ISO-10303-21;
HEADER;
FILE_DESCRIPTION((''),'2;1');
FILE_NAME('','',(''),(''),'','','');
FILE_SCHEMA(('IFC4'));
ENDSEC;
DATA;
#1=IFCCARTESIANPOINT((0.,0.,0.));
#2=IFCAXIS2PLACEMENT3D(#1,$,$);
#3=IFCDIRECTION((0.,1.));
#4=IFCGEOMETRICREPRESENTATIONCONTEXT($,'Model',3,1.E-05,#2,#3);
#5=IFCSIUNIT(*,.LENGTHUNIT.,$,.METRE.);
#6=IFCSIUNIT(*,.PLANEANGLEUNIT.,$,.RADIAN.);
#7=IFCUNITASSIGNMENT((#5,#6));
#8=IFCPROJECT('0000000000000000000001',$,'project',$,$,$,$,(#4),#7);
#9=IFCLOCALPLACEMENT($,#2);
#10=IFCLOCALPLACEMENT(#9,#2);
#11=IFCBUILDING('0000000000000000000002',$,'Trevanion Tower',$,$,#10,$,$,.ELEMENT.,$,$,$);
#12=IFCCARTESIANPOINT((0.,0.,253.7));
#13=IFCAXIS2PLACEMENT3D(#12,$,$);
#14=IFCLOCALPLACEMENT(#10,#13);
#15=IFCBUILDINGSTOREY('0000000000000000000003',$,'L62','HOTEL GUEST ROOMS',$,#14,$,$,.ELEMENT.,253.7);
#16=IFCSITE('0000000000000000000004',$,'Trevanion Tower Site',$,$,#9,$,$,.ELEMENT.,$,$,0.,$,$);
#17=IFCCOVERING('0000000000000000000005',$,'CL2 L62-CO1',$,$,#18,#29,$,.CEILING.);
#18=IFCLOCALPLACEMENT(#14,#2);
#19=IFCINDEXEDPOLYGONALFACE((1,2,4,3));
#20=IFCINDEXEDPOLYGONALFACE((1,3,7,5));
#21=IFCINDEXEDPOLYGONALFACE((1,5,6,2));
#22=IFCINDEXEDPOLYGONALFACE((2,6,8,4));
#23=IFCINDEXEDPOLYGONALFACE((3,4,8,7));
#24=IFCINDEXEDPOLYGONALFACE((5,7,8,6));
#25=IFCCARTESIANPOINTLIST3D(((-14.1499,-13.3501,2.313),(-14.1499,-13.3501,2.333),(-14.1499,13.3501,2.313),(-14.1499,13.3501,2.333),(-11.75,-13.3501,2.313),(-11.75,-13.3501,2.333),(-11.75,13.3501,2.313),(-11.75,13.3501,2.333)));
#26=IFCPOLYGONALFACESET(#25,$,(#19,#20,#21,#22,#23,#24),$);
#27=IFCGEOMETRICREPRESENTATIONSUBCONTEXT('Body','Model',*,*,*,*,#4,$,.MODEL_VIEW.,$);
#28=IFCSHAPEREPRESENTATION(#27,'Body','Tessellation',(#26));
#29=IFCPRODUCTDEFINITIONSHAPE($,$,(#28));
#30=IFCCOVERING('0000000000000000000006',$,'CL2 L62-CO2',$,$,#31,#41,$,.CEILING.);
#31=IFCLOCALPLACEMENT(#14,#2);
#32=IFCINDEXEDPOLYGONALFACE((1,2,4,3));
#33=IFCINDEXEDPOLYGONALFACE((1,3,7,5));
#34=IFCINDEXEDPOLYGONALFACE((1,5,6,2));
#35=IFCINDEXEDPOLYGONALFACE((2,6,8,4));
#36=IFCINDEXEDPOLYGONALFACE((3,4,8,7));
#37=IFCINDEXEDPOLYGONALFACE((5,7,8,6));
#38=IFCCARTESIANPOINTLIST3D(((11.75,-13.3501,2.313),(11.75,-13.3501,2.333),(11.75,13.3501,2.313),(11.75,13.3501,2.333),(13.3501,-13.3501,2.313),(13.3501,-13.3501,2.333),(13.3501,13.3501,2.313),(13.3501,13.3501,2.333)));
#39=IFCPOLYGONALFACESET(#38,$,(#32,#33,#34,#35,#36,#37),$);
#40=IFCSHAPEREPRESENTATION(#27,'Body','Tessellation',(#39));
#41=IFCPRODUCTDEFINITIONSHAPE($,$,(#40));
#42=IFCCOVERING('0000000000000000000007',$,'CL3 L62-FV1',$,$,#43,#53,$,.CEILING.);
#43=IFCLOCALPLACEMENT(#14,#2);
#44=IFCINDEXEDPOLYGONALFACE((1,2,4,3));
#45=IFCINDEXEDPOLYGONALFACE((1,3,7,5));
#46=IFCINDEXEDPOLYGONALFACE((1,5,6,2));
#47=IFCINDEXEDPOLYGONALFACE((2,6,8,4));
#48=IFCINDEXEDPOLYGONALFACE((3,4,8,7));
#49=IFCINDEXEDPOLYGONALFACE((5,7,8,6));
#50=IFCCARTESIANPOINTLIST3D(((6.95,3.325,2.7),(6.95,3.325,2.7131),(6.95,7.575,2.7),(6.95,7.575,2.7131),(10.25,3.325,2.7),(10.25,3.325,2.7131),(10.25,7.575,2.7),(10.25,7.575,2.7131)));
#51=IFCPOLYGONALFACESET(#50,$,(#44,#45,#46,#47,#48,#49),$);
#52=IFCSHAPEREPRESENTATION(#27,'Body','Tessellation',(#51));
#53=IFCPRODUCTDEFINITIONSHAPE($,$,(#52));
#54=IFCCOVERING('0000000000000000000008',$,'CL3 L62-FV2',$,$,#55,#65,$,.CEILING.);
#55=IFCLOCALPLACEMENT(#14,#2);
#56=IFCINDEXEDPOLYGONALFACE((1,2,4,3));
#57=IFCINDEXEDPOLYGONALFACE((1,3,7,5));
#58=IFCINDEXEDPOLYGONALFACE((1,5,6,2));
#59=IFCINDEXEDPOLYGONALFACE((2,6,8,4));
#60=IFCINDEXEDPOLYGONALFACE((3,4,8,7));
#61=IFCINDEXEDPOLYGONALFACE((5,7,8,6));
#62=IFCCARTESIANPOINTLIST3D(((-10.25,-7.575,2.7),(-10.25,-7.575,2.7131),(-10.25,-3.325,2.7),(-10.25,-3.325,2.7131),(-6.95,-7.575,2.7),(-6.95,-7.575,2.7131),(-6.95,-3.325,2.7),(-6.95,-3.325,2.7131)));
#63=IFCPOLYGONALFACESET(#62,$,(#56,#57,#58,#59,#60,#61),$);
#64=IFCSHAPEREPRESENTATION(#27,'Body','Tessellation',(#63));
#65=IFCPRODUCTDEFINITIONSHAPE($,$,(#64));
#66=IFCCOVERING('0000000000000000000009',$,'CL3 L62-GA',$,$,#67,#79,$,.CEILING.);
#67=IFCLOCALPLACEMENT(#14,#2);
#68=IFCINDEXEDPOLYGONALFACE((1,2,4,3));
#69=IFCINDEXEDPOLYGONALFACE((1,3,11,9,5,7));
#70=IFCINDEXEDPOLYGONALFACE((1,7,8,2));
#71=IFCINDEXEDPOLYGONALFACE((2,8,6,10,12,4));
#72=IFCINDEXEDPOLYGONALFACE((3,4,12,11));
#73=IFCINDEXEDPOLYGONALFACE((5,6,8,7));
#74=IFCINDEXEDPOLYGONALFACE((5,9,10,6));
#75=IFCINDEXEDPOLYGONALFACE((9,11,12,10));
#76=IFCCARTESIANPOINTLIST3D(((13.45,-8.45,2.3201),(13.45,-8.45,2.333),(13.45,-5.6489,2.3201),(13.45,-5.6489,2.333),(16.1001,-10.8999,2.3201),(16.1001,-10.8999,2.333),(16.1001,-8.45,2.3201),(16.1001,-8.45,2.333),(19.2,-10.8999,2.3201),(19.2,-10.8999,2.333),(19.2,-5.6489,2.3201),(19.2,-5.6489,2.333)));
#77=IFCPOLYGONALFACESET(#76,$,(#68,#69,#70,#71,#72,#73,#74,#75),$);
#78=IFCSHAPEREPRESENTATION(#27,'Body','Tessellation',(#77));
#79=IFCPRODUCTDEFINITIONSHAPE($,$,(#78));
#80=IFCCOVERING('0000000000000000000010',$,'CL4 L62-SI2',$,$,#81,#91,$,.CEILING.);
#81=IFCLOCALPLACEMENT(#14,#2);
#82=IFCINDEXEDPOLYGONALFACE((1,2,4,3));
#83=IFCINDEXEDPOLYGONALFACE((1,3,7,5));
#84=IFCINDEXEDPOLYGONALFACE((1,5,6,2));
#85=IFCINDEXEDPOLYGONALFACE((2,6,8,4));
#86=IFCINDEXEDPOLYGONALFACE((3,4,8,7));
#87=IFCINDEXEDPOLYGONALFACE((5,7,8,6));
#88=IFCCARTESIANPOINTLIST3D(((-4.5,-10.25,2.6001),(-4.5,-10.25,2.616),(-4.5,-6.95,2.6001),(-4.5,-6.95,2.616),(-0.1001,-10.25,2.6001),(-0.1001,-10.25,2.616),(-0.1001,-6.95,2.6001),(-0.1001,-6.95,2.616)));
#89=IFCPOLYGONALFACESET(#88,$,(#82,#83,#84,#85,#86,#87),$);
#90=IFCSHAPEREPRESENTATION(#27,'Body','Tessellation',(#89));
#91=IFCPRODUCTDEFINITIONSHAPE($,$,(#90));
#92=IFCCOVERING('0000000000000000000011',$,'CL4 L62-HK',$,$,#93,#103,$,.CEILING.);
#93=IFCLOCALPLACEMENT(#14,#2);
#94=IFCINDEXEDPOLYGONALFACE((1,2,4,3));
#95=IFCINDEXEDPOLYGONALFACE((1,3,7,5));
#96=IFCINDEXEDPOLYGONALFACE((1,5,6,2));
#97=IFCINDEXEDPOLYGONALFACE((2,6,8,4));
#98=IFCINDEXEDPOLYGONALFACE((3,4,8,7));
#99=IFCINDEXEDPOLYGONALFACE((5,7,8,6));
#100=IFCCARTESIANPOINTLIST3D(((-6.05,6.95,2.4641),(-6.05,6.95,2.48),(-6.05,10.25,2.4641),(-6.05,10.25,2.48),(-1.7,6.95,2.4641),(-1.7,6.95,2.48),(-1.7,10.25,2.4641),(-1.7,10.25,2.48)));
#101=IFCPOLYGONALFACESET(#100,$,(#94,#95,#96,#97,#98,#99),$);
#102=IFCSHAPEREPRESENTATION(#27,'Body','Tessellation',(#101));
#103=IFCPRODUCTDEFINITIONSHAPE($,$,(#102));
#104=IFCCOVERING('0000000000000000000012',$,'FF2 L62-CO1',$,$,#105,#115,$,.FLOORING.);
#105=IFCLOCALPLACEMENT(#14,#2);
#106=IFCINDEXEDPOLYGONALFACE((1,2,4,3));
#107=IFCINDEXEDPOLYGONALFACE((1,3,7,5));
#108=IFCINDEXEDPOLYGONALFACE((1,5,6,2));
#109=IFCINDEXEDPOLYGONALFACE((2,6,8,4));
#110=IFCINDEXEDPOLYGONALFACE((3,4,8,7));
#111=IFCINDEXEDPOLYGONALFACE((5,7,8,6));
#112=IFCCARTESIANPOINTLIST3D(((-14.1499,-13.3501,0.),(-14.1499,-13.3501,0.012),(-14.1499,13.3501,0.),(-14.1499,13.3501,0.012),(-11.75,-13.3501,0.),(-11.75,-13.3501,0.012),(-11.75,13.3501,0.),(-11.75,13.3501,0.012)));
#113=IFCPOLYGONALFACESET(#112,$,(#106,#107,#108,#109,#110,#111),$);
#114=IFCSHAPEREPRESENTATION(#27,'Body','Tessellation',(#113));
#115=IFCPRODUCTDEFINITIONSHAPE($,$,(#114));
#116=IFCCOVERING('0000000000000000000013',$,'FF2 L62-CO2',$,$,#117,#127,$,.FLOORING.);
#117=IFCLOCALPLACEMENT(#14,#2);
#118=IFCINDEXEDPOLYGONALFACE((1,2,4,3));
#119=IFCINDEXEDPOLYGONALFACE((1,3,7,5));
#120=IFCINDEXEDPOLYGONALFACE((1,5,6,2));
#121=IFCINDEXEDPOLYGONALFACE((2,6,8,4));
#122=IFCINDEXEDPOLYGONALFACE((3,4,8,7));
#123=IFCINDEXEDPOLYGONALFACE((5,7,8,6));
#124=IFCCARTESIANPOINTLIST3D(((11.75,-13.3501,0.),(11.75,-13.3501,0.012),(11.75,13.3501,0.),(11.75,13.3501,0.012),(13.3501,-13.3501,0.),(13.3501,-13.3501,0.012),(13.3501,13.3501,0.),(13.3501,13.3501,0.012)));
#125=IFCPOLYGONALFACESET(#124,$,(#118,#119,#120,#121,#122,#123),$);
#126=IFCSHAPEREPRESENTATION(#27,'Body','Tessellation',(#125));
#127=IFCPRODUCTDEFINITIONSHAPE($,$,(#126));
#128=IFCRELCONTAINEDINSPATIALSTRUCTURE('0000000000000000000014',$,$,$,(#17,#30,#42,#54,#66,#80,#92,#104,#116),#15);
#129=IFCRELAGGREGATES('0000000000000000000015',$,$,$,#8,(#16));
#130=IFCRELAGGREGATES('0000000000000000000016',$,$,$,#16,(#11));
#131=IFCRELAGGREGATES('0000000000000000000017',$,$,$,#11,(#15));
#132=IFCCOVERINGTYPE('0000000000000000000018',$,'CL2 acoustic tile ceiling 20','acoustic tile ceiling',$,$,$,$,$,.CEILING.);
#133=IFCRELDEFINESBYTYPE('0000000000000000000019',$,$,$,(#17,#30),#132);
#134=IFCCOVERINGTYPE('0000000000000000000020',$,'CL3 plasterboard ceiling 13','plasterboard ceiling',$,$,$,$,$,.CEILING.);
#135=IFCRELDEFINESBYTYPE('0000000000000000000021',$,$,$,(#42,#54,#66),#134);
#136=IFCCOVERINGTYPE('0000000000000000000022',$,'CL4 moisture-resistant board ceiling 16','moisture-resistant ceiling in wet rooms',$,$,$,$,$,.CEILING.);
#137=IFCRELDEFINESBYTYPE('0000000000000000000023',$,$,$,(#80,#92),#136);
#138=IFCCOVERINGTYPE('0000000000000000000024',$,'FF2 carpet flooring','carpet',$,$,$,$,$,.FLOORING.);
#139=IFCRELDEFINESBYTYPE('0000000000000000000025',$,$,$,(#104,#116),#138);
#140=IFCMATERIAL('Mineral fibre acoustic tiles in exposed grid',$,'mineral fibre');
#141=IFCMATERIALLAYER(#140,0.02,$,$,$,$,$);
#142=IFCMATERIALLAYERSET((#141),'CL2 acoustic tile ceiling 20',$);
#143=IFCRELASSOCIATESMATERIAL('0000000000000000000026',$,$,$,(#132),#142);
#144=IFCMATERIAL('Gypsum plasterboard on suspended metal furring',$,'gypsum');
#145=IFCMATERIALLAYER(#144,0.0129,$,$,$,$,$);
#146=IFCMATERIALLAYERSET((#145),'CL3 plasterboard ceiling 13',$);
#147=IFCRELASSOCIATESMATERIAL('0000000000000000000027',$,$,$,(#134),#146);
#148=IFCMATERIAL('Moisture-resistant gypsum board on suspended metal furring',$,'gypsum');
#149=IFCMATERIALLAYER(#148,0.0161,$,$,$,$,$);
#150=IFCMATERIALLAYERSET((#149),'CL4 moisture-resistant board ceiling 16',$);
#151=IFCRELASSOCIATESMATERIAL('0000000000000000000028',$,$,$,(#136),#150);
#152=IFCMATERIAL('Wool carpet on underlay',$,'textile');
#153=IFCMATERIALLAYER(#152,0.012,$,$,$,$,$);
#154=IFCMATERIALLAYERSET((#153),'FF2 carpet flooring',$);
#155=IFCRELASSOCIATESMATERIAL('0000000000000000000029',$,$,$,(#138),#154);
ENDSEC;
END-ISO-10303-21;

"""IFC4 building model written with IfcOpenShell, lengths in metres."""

from ifc_helpers import new_model, si_unit, direction, frame, origin, place, context, subcontext, project, spatial, polyline, outline, extrude, material, layer, layer_set, type_object, element, save


model = new_model("IFC4")

# Units and contexts
model_context = context("Model", 3, precision=1e-05, world=origin(), true_north=direction((0.0, 1.0)))
body_context = subcontext(model_context, "Body", "Model", "MODEL_VIEW")
ifc_project = project(units=[si_unit("LENGTHUNIT", "METRE"), si_unit("PLANEANGLEUNIT", "RADIAN")], contexts=[model_context])

# Site, building, storey
site_placement = place(None, origin())
site = spatial("IfcSite", under=ifc_project, at=site_placement, Name="Trevanion Tower Site", CompositionType="ELEMENT", RefElevation=0.0)
building_placement = place(site_placement, origin())
building = spatial("IfcBuilding", under=site, at=building_placement, Name="Trevanion Tower", CompositionType="ELEMENT")
storey_placement = place(building_placement, frame((0.0, 0.0, 253.7)))
storey = spatial("IfcBuildingStorey", under=building, at=storey_placement, Name="L62", Description="HOTEL GUEST ROOMS", CompositionType="ELEMENT", Elevation=253.7)

# Coverings
ifc_material_1 = material(Name="Mineral fibre acoustic tiles in exposed grid", Category="mineral fibre")
ifc_layer_1 = layer(ifc_material_1, 0.02)
ifc_layer_set_1 = layer_set([ifc_layer_1], Name="CL2 acoustic tile ceiling 20")
covering_type_1 = type_object("IfcCoveringType", Name="CL2 acoustic tile ceiling 20", Description="acoustic tile ceiling", PredefinedType="CEILING", material=ifc_layer_set_1)
covering_1_placement = place(storey_placement, frame((0.0, 0.0, 2.313)))
element("IfcCovering", 1, at=covering_1_placement, inside=storey, type_object=covering_type_1, Name="CL2 L62-CO1", PredefinedType="CEILING", context=body_context, shape_type="SweptSolid", body=[
    extrude(outline(polyline([(-11.75, 13.3501), (-11.75, -13.3501), (-14.1499, -13.3501), (-14.1499, 13.3501), (-11.75, 13.3501)])), origin(), (0.0, 0.0, 1.0), 0.02),
])
covering_2_placement = place(storey_placement, frame((0.0, 0.0, 2.313)))
element("IfcCovering", 2, at=covering_2_placement, inside=storey, type_object=covering_type_1, Name="CL2 L62-CO2", PredefinedType="CEILING", context=body_context, shape_type="SweptSolid", body=[
    extrude(outline(polyline([(11.75, -13.3501), (11.75, 13.3501), (13.3501, 13.3501), (13.3501, -13.3501), (11.75, -13.3501)])), origin(), (0.0, 0.0, 1.0), 0.02),
])
ifc_material_2 = material(Name="Gypsum plasterboard on suspended metal furring", Category="gypsum")
ifc_layer_2 = layer(ifc_material_2, 0.0129)
ifc_layer_set_2 = layer_set([ifc_layer_2], Name="CL3 plasterboard ceiling 13")
covering_type_2 = type_object("IfcCoveringType", Name="CL3 plasterboard ceiling 13", Description="plasterboard ceiling", PredefinedType="CEILING", material=ifc_layer_set_2)
covering_3_placement = place(storey_placement, frame((0.0, 0.0, 2.7)))
element("IfcCovering", 3, at=covering_3_placement, inside=storey, type_object=covering_type_2, Name="CL3 L62-FV1", PredefinedType="CEILING", context=body_context, shape_type="SweptSolid", body=[
    extrude(outline(polyline([(10.25, 3.325), (10.25, 7.575), (6.95, 7.575), (6.95, 3.325), (10.25, 3.325)])), origin(), (0.0, 0.0, 1.0), 0.0132),
])
covering_4_placement = place(storey_placement, frame((0.0, 0.0, 2.7)))
element("IfcCovering", 4, at=covering_4_placement, inside=storey, type_object=covering_type_2, Name="CL3 L62-FV2", PredefinedType="CEILING", context=body_context, shape_type="SweptSolid", body=[
    extrude(outline(polyline([(-10.25, -3.325), (-10.25, -7.575), (-6.95, -7.575), (-6.95, -3.325), (-10.25, -3.325)])), origin(), (0.0, 0.0, 1.0), 0.0132),
])
covering_5_placement = place(storey_placement, frame((0.0, 0.0, 2.3201)))
element("IfcCovering", 5, at=covering_5_placement, inside=storey, type_object=covering_type_2, Name="CL3 L62-GA", PredefinedType="CEILING", context=body_context, shape_type="SweptSolid", body=[
    extrude(outline(polyline([(13.45, -5.6489), (19.2, -5.6489), (19.2, -10.8999), (16.1001, -10.8999), (16.1001, -8.45), (13.45, -8.45), (13.45, -5.6489)])), origin(), (0.0, 0.0, 1.0), 0.0129),
])
ifc_material_3 = material(Name="Moisture-resistant gypsum board on suspended metal furring", Category="gypsum")
ifc_layer_3 = layer(ifc_material_3, 0.0161)
ifc_layer_set_3 = layer_set([ifc_layer_3], Name="CL4 moisture-resistant board ceiling 16")
covering_type_3 = type_object("IfcCoveringType", Name="CL4 moisture-resistant board ceiling 16", Description="moisture-resistant ceiling in wet rooms", PredefinedType="CEILING", material=ifc_layer_set_3)
covering_6_placement = place(storey_placement, frame((0.0, 0.0, 2.6001)))
element("IfcCovering", 6, at=covering_6_placement, inside=storey, type_object=covering_type_3, Name="CL4 L62-SI2", PredefinedType="CEILING", context=body_context, shape_type="SweptSolid", body=[
    extrude(outline(polyline([(-0.1001, -10.25), (-0.1001, -6.95), (-4.5, -6.95), (-4.5, -10.25), (-0.1001, -10.25)])), origin(), (0.0, 0.0, 1.0), 0.0159),
])
covering_7_placement = place(storey_placement, frame((0.0, 0.0, 2.4641)))
element("IfcCovering", 7, at=covering_7_placement, inside=storey, type_object=covering_type_3, Name="CL4 L62-HK", PredefinedType="CEILING", context=body_context, shape_type="SweptSolid", body=[
    extrude(outline(polyline([(-1.7, 6.95), (-1.7, 10.25), (-6.05, 10.25), (-6.05, 6.95), (-1.7, 6.95)])), origin(), (0.0, 0.0, 1.0), 0.0159),
])
ifc_material_4 = material(Name="Wool carpet on underlay", Category="textile")
ifc_layer_4 = layer(ifc_material_4, 0.012)
ifc_layer_set_4 = layer_set([ifc_layer_4], Name="FF2 carpet flooring")
covering_type_4 = type_object("IfcCoveringType", Name="FF2 carpet flooring", Description="carpet", PredefinedType="FLOORING", material=ifc_layer_set_4)
covering_8_placement = place(storey_placement, origin())
element("IfcCovering", 8, at=covering_8_placement, inside=storey, type_object=covering_type_4, Name="FF2 L62-CO1", PredefinedType="FLOORING", context=body_context, shape_type="SweptSolid", body=[
    extrude(outline(polyline([(-11.75, 13.3501), (-11.75, -13.3501), (-14.1499, -13.3501), (-14.1499, 13.3501), (-11.75, 13.3501)])), origin(), (0.0, 0.0, 1.0), 0.012),
])
covering_9_placement = place(storey_placement, origin())
element("IfcCovering", 9, at=covering_9_placement, inside=storey, type_object=covering_type_4, Name="FF2 L62-CO2", PredefinedType="FLOORING", context=body_context, shape_type="SweptSolid", body=[
    extrude(outline(polyline([(11.75, -13.3501), (11.75, 13.3501), (13.3501, 13.3501), (13.3501, -13.3501), (11.75, -13.3501)])), origin(), (0.0, 0.0, 1.0), 0.012),
])

save(model, "model.ifc")
